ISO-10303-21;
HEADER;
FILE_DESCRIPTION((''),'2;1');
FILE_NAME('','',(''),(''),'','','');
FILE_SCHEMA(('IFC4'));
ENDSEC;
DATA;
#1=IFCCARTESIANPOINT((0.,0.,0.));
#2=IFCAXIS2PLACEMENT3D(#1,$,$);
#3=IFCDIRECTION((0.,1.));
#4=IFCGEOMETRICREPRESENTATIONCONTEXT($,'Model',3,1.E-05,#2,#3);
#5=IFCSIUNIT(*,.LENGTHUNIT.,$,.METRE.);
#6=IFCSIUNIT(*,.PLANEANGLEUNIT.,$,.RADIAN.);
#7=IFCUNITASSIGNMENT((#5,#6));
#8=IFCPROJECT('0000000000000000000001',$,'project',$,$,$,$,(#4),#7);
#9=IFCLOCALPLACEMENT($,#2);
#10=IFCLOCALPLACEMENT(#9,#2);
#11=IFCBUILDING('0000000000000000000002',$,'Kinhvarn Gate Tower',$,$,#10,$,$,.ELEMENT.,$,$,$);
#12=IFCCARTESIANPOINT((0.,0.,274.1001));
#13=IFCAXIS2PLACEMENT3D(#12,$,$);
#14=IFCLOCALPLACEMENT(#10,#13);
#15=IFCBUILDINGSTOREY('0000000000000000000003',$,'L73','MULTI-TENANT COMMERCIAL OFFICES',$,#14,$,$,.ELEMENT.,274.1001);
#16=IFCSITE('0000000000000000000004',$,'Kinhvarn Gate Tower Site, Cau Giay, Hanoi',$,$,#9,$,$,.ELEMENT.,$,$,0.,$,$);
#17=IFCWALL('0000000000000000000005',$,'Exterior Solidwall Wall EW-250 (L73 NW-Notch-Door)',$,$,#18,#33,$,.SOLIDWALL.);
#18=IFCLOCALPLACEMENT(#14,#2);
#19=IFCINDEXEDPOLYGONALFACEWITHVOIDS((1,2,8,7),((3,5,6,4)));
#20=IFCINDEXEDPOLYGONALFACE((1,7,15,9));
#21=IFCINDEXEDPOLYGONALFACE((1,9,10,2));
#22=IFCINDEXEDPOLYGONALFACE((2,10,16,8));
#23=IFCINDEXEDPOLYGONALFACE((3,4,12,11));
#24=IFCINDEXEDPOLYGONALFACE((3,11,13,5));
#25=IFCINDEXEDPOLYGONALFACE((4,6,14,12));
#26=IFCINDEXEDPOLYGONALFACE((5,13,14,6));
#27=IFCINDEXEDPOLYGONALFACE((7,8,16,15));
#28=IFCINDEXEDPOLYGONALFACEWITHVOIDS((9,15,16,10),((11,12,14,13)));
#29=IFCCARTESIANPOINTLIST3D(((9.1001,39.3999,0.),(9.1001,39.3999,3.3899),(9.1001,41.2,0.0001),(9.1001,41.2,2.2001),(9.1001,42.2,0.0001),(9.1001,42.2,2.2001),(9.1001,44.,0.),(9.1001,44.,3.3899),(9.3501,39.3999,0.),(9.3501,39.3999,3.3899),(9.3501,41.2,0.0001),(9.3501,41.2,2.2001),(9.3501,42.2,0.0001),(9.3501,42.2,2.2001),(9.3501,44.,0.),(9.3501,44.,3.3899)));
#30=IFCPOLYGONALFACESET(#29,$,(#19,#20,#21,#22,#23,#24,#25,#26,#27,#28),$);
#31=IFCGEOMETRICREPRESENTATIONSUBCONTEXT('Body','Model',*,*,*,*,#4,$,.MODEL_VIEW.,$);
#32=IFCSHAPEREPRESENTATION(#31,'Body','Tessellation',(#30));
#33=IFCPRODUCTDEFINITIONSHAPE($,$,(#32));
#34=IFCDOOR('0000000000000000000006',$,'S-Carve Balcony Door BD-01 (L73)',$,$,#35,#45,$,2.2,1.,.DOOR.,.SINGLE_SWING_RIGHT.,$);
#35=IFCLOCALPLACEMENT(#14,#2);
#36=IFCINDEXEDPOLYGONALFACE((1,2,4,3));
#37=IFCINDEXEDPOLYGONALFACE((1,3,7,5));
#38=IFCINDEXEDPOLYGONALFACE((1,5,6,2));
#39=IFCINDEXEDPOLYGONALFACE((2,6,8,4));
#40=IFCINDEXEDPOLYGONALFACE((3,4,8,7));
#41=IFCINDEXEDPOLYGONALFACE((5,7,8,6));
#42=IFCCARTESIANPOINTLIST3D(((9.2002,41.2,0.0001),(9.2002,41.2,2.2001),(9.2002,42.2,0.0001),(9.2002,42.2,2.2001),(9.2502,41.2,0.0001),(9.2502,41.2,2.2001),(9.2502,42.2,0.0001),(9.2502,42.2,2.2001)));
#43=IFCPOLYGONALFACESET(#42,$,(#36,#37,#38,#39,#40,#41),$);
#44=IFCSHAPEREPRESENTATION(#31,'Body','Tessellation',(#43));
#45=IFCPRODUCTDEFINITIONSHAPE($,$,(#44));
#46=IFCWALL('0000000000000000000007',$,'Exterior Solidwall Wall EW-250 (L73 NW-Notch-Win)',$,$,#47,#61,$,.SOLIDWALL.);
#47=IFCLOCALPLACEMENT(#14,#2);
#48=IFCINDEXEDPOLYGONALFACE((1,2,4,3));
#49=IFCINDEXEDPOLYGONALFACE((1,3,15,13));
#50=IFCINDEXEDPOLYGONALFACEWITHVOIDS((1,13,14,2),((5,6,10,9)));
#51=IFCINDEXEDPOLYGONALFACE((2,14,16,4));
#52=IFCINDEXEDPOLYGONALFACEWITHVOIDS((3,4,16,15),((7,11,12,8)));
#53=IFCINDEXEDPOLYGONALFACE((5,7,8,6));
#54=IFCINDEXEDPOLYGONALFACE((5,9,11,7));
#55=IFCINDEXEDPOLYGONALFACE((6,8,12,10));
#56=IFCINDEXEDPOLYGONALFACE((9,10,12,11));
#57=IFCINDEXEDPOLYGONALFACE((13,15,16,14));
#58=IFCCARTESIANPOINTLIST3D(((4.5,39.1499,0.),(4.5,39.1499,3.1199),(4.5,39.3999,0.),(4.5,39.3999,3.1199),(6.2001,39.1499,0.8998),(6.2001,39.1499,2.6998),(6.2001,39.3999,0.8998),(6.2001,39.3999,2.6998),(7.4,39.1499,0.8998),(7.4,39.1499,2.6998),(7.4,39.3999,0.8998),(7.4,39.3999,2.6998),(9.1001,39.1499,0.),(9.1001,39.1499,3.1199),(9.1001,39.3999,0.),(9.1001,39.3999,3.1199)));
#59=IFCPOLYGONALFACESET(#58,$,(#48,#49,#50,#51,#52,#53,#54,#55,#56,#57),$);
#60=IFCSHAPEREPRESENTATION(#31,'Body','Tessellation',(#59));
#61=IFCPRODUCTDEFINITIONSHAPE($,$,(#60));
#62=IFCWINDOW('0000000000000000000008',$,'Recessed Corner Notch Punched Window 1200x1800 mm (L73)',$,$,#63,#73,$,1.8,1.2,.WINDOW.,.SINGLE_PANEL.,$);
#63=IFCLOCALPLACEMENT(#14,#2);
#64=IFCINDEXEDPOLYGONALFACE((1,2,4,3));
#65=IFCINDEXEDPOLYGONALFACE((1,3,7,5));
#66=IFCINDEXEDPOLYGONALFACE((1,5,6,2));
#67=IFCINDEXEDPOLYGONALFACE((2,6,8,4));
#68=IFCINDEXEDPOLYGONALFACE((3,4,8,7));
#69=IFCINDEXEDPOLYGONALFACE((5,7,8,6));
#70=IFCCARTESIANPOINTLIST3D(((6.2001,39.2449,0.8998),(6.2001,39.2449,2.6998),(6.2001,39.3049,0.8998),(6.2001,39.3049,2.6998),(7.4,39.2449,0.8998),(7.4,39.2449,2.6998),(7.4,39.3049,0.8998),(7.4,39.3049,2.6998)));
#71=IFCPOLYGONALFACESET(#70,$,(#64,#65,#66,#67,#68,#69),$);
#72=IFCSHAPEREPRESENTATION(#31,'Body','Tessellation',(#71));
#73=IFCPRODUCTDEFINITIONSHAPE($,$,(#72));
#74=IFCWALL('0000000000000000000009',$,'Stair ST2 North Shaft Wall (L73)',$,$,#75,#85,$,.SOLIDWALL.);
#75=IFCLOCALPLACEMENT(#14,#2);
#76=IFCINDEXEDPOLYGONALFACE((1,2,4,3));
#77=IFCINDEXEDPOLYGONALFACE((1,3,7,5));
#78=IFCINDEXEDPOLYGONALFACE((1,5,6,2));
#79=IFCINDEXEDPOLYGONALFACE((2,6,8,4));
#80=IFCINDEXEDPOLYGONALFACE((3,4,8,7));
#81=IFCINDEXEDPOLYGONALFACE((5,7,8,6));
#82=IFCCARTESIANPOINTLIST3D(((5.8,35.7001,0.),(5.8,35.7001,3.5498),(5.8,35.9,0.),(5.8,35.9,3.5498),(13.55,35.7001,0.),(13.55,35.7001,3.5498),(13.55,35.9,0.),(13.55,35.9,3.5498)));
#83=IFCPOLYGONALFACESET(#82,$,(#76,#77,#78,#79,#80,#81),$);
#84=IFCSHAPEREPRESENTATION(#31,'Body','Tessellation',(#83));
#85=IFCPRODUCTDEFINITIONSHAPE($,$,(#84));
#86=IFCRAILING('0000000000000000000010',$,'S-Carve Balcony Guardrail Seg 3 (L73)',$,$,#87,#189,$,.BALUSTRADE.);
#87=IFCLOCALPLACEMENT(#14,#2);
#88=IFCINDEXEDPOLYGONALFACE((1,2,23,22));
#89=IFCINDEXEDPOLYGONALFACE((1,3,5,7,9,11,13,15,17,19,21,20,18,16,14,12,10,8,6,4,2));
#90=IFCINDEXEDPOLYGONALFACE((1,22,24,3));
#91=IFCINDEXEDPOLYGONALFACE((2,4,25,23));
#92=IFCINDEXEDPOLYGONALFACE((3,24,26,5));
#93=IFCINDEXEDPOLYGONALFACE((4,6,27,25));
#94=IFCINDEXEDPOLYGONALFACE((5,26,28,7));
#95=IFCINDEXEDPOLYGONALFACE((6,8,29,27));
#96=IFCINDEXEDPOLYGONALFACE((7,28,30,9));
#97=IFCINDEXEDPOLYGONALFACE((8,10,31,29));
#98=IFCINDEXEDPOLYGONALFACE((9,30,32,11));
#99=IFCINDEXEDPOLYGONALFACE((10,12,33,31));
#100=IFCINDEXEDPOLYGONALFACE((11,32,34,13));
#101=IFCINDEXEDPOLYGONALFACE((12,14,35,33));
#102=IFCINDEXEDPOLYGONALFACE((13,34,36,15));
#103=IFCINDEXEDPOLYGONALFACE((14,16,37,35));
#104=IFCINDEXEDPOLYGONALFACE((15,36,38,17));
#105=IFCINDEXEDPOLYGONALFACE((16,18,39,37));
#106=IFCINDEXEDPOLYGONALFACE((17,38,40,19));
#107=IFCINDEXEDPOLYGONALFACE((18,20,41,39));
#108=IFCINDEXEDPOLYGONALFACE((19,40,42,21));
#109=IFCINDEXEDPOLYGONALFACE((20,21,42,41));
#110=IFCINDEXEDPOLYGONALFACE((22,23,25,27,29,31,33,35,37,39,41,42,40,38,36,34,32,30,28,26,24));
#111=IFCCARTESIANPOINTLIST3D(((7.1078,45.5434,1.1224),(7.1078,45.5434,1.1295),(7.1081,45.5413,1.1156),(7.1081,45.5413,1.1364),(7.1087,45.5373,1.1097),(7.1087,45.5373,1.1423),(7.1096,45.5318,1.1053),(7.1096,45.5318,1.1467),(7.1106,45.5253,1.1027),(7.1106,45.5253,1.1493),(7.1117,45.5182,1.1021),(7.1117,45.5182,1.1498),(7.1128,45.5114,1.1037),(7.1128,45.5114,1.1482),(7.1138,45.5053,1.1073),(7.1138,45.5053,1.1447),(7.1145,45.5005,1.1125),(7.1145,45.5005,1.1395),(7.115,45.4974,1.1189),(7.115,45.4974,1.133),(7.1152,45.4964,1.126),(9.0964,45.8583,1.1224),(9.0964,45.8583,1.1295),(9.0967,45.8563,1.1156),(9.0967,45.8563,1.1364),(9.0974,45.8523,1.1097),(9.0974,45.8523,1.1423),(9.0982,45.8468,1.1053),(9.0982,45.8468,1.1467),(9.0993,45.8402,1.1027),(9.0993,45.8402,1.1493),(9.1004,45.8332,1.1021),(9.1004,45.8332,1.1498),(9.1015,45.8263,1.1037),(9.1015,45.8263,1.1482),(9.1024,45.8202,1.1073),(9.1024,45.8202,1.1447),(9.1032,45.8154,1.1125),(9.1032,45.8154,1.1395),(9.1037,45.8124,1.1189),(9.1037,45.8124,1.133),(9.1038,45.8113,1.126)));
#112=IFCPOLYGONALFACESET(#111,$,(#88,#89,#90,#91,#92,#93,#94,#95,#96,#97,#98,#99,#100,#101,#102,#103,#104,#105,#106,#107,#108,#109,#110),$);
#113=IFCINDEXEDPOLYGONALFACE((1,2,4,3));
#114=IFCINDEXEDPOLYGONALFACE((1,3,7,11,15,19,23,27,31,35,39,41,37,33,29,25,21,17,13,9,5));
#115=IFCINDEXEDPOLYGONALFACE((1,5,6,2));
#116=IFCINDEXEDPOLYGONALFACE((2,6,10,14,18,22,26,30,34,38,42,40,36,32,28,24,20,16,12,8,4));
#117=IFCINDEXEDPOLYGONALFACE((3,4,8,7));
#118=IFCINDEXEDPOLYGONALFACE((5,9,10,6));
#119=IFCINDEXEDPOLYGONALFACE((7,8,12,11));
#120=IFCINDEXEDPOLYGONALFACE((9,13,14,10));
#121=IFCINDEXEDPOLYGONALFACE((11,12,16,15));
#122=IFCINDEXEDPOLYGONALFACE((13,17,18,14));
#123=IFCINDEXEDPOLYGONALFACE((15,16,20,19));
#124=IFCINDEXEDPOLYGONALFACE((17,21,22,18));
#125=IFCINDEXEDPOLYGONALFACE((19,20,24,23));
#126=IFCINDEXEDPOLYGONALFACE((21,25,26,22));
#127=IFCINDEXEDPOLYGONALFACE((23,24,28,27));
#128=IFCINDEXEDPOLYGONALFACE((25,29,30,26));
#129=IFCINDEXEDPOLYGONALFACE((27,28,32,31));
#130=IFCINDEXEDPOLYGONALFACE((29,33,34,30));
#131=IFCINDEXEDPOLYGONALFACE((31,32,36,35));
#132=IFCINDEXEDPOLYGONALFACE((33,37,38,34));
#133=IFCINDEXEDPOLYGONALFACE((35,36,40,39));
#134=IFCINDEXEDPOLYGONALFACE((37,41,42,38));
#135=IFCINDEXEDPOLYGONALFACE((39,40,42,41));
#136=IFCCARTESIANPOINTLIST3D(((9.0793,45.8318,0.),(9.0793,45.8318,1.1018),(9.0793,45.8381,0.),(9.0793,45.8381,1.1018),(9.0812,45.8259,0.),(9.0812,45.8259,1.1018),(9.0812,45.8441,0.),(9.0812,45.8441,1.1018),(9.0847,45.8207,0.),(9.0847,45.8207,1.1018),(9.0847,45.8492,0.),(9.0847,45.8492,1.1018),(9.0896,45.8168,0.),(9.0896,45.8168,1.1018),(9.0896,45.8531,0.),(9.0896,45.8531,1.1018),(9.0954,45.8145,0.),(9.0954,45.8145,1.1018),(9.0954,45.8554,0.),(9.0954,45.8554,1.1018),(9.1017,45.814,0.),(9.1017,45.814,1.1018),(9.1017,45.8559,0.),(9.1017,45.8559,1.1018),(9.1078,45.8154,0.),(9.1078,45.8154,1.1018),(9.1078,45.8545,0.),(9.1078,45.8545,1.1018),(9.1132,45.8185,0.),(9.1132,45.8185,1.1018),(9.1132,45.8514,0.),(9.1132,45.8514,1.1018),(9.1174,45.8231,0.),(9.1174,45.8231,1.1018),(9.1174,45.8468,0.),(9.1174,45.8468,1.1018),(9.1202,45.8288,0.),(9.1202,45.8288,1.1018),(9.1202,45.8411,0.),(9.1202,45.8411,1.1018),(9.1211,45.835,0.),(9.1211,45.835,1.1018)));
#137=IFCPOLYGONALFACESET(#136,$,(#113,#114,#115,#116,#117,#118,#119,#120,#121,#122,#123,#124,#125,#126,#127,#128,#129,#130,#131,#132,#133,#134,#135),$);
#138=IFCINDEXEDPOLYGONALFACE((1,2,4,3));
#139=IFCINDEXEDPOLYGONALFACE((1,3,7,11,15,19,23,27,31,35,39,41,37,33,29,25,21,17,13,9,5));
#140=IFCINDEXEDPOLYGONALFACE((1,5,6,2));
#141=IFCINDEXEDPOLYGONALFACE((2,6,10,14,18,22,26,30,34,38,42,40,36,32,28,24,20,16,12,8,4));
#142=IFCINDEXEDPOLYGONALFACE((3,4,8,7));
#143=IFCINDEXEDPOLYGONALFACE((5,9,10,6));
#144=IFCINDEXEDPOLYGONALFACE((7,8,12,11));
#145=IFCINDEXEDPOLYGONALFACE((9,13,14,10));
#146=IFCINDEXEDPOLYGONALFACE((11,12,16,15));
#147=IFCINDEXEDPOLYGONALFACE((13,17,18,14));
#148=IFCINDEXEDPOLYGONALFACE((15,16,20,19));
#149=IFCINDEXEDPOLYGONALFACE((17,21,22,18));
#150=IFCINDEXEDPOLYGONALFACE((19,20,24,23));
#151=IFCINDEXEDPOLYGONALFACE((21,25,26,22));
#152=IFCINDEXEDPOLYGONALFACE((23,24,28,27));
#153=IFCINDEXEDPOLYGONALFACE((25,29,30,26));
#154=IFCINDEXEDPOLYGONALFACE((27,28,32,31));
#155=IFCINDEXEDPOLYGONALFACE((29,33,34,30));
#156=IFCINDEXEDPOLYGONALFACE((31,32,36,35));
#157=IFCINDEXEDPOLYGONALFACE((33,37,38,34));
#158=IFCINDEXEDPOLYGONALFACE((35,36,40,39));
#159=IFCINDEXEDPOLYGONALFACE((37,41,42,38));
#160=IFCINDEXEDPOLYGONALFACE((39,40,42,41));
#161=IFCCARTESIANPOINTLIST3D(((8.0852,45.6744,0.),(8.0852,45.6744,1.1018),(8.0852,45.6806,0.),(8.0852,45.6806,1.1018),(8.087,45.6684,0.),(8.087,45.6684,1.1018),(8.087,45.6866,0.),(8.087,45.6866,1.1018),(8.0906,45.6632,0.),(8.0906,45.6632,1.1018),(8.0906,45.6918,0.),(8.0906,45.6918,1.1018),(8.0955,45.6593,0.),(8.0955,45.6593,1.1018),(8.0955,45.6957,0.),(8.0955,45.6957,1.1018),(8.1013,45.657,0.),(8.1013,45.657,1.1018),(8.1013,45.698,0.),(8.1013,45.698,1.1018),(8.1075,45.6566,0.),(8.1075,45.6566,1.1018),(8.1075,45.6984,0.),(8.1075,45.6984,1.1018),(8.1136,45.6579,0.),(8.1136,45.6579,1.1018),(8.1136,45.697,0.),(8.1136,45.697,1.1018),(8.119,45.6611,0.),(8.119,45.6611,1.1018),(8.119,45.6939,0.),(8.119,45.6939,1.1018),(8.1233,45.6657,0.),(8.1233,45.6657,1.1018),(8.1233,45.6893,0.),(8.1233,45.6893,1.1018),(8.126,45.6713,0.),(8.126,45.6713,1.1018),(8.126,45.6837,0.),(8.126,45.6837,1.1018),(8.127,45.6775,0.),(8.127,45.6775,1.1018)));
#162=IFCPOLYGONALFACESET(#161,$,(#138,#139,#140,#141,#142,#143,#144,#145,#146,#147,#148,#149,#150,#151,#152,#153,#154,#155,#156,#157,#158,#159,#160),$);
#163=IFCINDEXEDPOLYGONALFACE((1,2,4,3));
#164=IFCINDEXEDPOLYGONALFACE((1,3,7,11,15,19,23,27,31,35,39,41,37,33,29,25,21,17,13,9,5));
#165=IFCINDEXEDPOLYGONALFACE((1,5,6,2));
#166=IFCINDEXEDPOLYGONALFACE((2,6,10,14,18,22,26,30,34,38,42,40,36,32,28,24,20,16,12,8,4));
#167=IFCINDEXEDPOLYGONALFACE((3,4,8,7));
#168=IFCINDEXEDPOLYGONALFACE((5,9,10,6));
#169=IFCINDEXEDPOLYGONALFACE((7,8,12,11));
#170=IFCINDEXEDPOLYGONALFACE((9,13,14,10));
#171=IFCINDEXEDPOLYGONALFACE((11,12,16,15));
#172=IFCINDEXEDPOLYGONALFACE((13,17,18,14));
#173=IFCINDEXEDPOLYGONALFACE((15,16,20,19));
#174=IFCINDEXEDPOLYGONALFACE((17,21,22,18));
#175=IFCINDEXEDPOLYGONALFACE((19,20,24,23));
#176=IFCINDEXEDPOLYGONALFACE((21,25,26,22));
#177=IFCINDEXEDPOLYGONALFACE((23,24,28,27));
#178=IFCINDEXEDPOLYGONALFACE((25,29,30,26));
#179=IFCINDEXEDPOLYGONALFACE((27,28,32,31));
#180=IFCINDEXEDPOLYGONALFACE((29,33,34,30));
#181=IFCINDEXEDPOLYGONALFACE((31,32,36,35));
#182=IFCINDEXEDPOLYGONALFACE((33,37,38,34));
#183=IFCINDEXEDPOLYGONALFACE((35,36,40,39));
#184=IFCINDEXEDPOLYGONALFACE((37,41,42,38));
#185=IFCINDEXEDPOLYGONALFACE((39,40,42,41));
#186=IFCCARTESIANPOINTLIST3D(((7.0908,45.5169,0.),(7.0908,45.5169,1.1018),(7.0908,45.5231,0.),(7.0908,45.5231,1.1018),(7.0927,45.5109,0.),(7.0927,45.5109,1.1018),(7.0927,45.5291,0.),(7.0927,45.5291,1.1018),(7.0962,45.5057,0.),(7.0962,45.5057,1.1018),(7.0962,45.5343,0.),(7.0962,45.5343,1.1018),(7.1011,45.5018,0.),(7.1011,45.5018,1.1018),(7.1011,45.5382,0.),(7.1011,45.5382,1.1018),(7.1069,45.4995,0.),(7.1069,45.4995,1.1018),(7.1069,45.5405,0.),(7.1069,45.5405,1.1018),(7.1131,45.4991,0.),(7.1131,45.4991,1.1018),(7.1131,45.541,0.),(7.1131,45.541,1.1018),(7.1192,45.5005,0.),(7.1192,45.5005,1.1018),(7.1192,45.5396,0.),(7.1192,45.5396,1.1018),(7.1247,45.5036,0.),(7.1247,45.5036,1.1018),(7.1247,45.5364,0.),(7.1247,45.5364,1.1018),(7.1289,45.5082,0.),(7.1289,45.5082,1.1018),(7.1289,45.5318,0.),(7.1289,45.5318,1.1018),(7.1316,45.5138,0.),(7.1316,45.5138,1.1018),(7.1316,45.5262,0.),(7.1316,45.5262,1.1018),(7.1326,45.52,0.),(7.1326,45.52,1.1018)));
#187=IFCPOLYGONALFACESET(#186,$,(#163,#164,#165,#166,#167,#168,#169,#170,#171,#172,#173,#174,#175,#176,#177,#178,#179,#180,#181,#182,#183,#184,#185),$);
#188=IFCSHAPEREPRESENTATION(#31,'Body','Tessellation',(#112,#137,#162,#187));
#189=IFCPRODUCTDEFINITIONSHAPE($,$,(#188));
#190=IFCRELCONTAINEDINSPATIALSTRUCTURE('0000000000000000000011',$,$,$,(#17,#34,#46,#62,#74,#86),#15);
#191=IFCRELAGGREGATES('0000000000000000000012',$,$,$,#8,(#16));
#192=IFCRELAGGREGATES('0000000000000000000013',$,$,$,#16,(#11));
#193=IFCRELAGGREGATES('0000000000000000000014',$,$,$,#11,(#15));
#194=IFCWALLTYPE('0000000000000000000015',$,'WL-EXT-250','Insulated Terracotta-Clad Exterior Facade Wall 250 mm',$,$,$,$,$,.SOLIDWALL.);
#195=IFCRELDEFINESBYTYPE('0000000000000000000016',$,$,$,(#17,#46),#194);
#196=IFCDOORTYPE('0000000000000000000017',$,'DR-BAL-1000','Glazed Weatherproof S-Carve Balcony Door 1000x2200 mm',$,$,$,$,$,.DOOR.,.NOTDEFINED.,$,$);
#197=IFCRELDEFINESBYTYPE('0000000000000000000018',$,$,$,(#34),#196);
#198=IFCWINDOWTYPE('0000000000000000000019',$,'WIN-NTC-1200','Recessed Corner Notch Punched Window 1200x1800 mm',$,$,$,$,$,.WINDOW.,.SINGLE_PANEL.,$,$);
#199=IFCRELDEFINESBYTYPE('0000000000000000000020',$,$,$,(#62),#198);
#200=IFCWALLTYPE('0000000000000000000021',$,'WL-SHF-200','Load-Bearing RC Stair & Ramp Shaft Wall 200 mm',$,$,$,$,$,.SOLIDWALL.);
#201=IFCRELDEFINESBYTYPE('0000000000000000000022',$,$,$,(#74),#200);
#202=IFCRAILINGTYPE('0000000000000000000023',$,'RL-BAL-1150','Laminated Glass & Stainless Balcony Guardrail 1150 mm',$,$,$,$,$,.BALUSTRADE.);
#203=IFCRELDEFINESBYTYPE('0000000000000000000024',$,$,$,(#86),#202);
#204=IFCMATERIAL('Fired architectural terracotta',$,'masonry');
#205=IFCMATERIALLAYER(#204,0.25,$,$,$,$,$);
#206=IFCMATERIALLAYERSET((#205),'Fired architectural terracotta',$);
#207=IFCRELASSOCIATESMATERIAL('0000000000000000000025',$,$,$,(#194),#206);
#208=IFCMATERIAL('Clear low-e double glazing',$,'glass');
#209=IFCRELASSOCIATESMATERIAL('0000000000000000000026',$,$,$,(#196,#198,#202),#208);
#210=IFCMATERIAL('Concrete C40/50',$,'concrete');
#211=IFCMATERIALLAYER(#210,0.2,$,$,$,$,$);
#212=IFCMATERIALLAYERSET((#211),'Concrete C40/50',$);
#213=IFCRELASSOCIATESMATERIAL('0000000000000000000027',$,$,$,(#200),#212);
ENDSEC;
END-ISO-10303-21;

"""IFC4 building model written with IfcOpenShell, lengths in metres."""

from ifc_helpers import new_model, si_unit, direction, frame, frame_2d, origin, origin_2d, place, context, subcontext, project, spatial, rectangle, circle, extrude, material, layer, layer_set, type_object, element, fill, save


model = new_model("IFC4")

# Units and contexts
model_context = context("Model", 3, precision=1e-05, world=origin(), true_north=direction((0.0, 1.0)))
body_context = subcontext(model_context, "Body", "Model", "MODEL_VIEW")
ifc_project = project(units=[si_unit("LENGTHUNIT", "METRE"), si_unit("PLANEANGLEUNIT", "RADIAN")], contexts=[model_context])

# Site, building, storey
site_placement = place(None, origin())
site = spatial("IfcSite", under=ifc_project, at=site_placement, Name="Kinhvarn Gate Tower Site, Cau Giay, Hanoi", CompositionType="ELEMENT", RefElevation=0.0)
building_placement = place(site_placement, origin())
building = spatial("IfcBuilding", under=site, at=building_placement, Name="Kinhvarn Gate Tower", CompositionType="ELEMENT")
storey_placement = place(building_placement, frame((0.0, 0.0, 274.1001)))
storey = spatial("IfcBuildingStorey", under=building, at=storey_placement, Name="L73", Description="MULTI-TENANT COMMERCIAL OFFICES", CompositionType="ELEMENT", Elevation=274.1001)

# Shared definitions
ifc_material_1 = material(Name="Fired architectural terracotta", Category="masonry")
ifc_layer_1 = layer(ifc_material_1, 0.25)
ifc_layer_set_1 = layer_set([ifc_layer_1], Name="Fired architectural terracotta")
wall_type_1 = type_object("IfcWallType", Name="WL-EXT-250", Description="Insulated Terracotta-Clad Exterior Facade Wall 250 mm", PredefinedType="SOLIDWALL", material=ifc_layer_set_1)

# Wall, opening, door
wall_1_placement = place(storey_placement, frame((9.2251, 44.0, 0.0), z_axis=(0.0, 0.0, 1.0), x_axis=(0.0, -1.0, 0.0)))
wall_1 = element("IfcWall", 1, at=wall_1_placement, inside=storey, type_object=wall_type_1, Name="Exterior Solidwall Wall EW-250 (L73 NW-Notch-Door)", PredefinedType="SOLIDWALL", context=body_context, shape_type="SweptSolid", body=[
    extrude(rectangle(XDim=4.6001, YDim=0.25, at=frame_2d((2.3, 0.0))), origin(), (0.0, 0.0, 1.0), 3.3899),
])
opening_1_placement = place(wall_1_placement, frame((1.8, 0.0, 0.0)))
opening_1 = element("IfcOpeningElement", 2, at=opening_1_placement, cuts=wall_1, PredefinedType="OPENING", context=body_context, shape_type="SweptSolid", body=[
    extrude(rectangle(XDim=1.0, YDim=2.2, at=frame_2d((0.5, 1.1001))), frame((0.0, 0.135, 0.0), z_axis=(0.0, -1.0, 0.0), x_axis=(1.0, 0.0, 0.0)), (0.0, 0.0, 1.0), 0.27),
])
ifc_material_2 = material(Name="Clear low-e double glazing", Category="glass")
door_type = type_object("IfcDoorType", Name="DR-BAL-1000", Description="Glazed Weatherproof S-Carve Balcony Door 1000x2200 mm", OperationType="NOTDEFINED", PredefinedType="DOOR", material=ifc_material_2)
door_placement = place(opening_1_placement, frame((1.0, 0.0, 0.0), z_axis=(0.0, 0.0, 1.0), x_axis=(-1.0, 0.0, 0.0)))
door = element("IfcDoor", 3, at=door_placement, inside=storey, type_object=door_type, Name="S-Carve Balcony Door BD-01 (L73)", OperationType="SINGLE_SWING_RIGHT", OverallHeight=2.2, OverallWidth=1.0, PredefinedType="DOOR", context=body_context, shape_type="SweptSolid", body=[
    extrude(rectangle(XDim=1.0, YDim=2.2, at=frame_2d((0.5, 1.1001))), frame((0.0, 0.0249, 0.0), z_axis=(0.0, -1.0, 0.0), x_axis=(1.0, 0.0, 0.0)), (0.0, 0.0, 1.0), 0.05),
])
fill(opening_1, door)

# Wall, opening, window
wall_2_placement = place(storey_placement, frame((9.1001, 39.2749, 0.0), z_axis=(0.0, 0.0, 1.0), x_axis=(-1.0, 0.0, 0.0)))
wall_2 = element("IfcWall", 4, at=wall_2_placement, inside=storey, type_object=wall_type_1, Name="Exterior Solidwall Wall EW-250 (L73 NW-Notch-Win)", PredefinedType="SOLIDWALL", context=body_context, shape_type="SweptSolid", body=[
    extrude(rectangle(XDim=4.6001, YDim=0.25, at=frame_2d((2.3, 0.0))), origin(), (0.0, 0.0, 1.0), 3.1199),
])
opening_2_placement = place(wall_2_placement, frame((1.7, 0.0, 0.8999)))
opening_2 = element("IfcOpeningElement", 5, at=opening_2_placement, cuts=wall_2, PredefinedType="OPENING", context=body_context, shape_type="SweptSolid", body=[
    extrude(rectangle(XDim=1.2, YDim=1.8, at=frame_2d((0.6001, 0.8999))), frame((0.0, 0.135, 0.0), z_axis=(0.0, -1.0, 0.0), x_axis=(1.0, 0.0, 0.0)), (0.0, 0.0, 1.0), 0.27),
])
window_type = type_object("IfcWindowType", Name="WIN-NTC-1200", Description="Recessed Corner Notch Punched Window 1200x1800 mm", PartitioningType="SINGLE_PANEL", PredefinedType="WINDOW", material=ifc_material_2)
window_placement = place(opening_2_placement, origin())
window = element("IfcWindow", 6, at=window_placement, inside=storey, type_object=window_type, Name="Recessed Corner Notch Punched Window 1200x1800 mm (L73)", OverallHeight=1.8, OverallWidth=1.2, PartitioningType="SINGLE_PANEL", PredefinedType="WINDOW", context=body_context, shape_type="SweptSolid", body=[
    extrude(rectangle(XDim=1.2, YDim=1.8, at=frame_2d((0.6001, 0.8999))), frame((0.0, 0.03, 0.0), z_axis=(0.0, -1.0, 0.0), x_axis=(1.0, 0.0, 0.0)), (0.0, 0.0, 1.0), 0.0601),
])
fill(opening_2, window)

# Wall
ifc_material_3 = material(Name="Concrete C40/50", Category="concrete")
ifc_layer_2 = layer(ifc_material_3, 0.2)
ifc_layer_set_2 = layer_set([ifc_layer_2], Name="Concrete C40/50")
wall_type_2 = type_object("IfcWallType", Name="WL-SHF-200", Description="Load-Bearing RC Stair & Ramp Shaft Wall 200 mm", PredefinedType="SOLIDWALL", material=ifc_layer_set_2)
wall_3_placement = place(storey_placement, frame((5.8, 35.8, 0.0), z_axis=(0.0, 0.0, 1.0), x_axis=(1.0, 0.0, 0.0)))
element("IfcWall", 7, at=wall_3_placement, inside=storey, type_object=wall_type_2, Name="Stair ST2 North Shaft Wall (L73)", PredefinedType="SOLIDWALL", context=body_context, shape_type="SweptSolid", body=[
    extrude(rectangle(XDim=7.75, YDim=0.2, at=frame_2d((3.875, 0.0))), origin(), (0.0, 0.0, 1.0), 3.5498),
])

# Railing
railing_type = type_object("IfcRailingType", Name="RL-BAL-1150", Description="Laminated Glass & Stainless Balcony Guardrail 1150 mm", PredefinedType="BALUSTRADE", material=ifc_material_2)
railing_1_placement = place(storey_placement, frame((9.1001, 45.835, 0.0)))
element("IfcRailing", 8, at=railing_1_placement, inside=storey, type_object=railing_type, Name="S-Carve Balcony Guardrail Seg 3 (L73)", PredefinedType="BALUSTRADE", context=body_context, shape_type="SweptSolid", body=[
    extrude(circle(Radius=0.0239, at=origin_2d()), frame((0.0, 0.0, 1.126), z_axis=(-0.987689, -0.15643, 0.0), x_axis=(0.15643, -0.987689, 0.0)), (0.0, 0.0, 1.0), 2.0134),
    extrude(circle(Radius=0.021, at=origin_2d()), origin(), (0.0, 0.0, 1.0), 1.1018),
    extrude(circle(Radius=0.021, at=origin_2d()), frame((-0.9941, -0.1575, 0.0)), (0.0, 0.0, 1.0), 1.1018),
    extrude(circle(Radius=0.021, at=origin_2d()), frame((-1.9885, -0.3149, 0.0)), (0.0, 0.0, 1.0), 1.1018),
])

save(model, "model.ifc")
